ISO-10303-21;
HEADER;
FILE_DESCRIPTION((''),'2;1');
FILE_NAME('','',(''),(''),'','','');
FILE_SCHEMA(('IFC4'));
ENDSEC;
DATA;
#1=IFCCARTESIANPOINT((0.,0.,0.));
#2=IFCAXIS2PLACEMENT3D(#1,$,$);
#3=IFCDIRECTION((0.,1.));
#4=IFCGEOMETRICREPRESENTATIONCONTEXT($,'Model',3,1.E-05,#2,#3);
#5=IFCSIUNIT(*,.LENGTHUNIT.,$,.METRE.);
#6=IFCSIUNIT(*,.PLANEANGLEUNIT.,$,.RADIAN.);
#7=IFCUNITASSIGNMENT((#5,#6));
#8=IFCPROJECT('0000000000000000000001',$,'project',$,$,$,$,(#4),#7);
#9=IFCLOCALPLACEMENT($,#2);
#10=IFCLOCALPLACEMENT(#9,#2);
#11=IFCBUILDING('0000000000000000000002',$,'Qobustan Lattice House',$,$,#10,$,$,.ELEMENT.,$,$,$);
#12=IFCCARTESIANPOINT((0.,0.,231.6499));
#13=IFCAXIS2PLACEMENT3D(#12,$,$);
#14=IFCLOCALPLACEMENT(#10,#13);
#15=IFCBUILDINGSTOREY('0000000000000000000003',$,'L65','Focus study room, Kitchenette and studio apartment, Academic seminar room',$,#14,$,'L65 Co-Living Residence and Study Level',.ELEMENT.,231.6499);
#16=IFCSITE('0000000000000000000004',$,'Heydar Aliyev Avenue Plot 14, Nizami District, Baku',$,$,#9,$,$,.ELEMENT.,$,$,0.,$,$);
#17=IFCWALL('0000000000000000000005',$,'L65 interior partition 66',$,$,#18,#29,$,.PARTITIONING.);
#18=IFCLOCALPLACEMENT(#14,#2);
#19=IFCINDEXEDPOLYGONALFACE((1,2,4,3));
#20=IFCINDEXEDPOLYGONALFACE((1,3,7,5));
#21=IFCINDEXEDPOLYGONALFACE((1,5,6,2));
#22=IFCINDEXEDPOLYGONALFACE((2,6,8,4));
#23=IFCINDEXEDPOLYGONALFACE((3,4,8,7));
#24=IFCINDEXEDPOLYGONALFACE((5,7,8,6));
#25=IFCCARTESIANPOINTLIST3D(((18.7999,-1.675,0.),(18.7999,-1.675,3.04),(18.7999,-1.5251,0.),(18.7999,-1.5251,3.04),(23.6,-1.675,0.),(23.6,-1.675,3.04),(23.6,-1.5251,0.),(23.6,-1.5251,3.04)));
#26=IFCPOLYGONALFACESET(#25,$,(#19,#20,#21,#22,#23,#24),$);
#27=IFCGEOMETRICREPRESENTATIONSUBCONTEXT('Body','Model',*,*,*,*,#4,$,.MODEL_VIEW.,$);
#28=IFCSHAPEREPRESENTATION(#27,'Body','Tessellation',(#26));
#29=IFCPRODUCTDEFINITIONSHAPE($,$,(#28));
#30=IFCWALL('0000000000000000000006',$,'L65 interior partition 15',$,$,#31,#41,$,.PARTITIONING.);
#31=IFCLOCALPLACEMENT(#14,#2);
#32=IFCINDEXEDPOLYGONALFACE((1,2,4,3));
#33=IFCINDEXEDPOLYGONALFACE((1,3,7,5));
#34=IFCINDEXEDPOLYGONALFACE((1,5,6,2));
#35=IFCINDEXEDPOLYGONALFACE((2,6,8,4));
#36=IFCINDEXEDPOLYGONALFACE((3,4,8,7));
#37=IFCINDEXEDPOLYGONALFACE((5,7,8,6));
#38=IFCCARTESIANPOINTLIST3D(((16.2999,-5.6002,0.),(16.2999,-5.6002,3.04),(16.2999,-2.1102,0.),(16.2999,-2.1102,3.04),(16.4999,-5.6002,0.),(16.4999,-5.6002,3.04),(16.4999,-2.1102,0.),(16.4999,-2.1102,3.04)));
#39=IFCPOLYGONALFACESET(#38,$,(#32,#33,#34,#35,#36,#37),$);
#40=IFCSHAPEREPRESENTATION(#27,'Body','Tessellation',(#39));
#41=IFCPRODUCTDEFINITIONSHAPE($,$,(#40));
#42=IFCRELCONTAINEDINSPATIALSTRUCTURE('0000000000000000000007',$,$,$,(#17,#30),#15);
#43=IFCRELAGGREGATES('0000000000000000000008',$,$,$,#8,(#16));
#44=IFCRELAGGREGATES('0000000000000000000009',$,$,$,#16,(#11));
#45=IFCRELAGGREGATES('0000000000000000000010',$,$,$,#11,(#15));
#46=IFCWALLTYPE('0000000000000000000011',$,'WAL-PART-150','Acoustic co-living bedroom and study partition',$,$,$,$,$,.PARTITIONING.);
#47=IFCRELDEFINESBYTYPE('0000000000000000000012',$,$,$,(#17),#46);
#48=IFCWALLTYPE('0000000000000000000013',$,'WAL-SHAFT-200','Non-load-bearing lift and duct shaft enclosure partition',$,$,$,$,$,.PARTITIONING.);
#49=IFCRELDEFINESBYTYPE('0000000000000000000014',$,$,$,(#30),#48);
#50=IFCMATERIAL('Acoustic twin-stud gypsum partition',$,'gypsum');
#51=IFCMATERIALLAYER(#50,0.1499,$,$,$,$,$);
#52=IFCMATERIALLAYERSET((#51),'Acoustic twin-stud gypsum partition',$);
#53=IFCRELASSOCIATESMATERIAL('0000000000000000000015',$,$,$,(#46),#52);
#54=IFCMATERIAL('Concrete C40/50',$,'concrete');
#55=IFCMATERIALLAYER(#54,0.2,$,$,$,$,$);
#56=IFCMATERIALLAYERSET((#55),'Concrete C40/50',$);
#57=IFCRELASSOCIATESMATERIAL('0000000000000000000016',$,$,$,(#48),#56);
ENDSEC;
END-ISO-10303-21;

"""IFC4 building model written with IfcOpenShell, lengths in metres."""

from ifc_helpers import new_model, si_unit, direction, frame, frame_2d, origin, place, context, subcontext, project, spatial, rectangle, extrude, material, layer, layer_set, type_object, element, save


model = new_model("IFC4")

# Units and contexts
model_context = context("Model", 3, precision=1e-05, world=origin(), true_north=direction((0.0, 1.0)))
body_context = subcontext(model_context, "Body", "Model", "MODEL_VIEW")
ifc_project = project(units=[si_unit("LENGTHUNIT", "METRE"), si_unit("PLANEANGLEUNIT", "RADIAN")], contexts=[model_context])

# Site, building, storey
site_placement = place(None, origin())
site = spatial("IfcSite", under=ifc_project, at=site_placement, Name="Heydar Aliyev Avenue Plot 14, Nizami District, Baku", CompositionType="ELEMENT", RefElevation=0.0)
building_placement = place(site_placement, origin())
building = spatial("IfcBuilding", under=site, at=building_placement, Name="Qobustan Lattice House", CompositionType="ELEMENT")
storey_placement = place(building_placement, frame((0.0, 0.0, 231.6499)))
storey = spatial("IfcBuildingStorey", under=building, at=storey_placement, Name="L65", Description="Focus study room, Kitchenette and studio apartment, Academic seminar room", LongName="L65 Co-Living Residence and Study Level", CompositionType="ELEMENT", Elevation=231.6499)

# Shared definitions
ifc_material_1 = material(Name="Acoustic twin-stud gypsum partition", Category="gypsum")
ifc_layer_1 = layer(ifc_material_1, 0.1499)
ifc_layer_set_1 = layer_set([ifc_layer_1], Name="Acoustic twin-stud gypsum partition")
wall_type_1 = type_object("IfcWallType", Name="WAL-PART-150", Description="Acoustic co-living bedroom and study partition", PredefinedType="PARTITIONING", material=ifc_layer_set_1)

# Walls
wall_1_placement = place(storey_placement, frame((18.8, -1.6001, 0.0), z_axis=(0.0, 0.0, 1.0), x_axis=(1.0, 0.0, 0.0)))
element("IfcWall", 1, at=wall_1_placement, inside=storey, type_object=wall_type_1, Name="L65 interior partition 66", PredefinedType="PARTITIONING", context=body_context, shape_type="SweptSolid", body=[
    extrude(rectangle(XDim=4.8, YDim=0.1499, at=frame_2d((2.3999, 0.0))), origin(), (0.0, 0.0, 1.0), 3.04),
])
ifc_material_2 = material(Name="Concrete C40/50", Category="concrete")
ifc_layer_2 = layer(ifc_material_2, 0.2)
ifc_layer_set_2 = layer_set([ifc_layer_2], Name="Concrete C40/50")
wall_type_2 = type_object("IfcWallType", Name="WAL-SHAFT-200", Description="Non-load-bearing lift and duct shaft enclosure partition", PredefinedType="PARTITIONING", material=ifc_layer_set_2)
wall_2_placement = place(storey_placement, frame((16.3999, -2.1101, 0.0), z_axis=(0.0, 0.0, 1.0), x_axis=(0.0, -1.0, 0.0)))
element("IfcWall", 2, at=wall_2_placement, inside=storey, type_object=wall_type_2, Name="L65 interior partition 15", PredefinedType="PARTITIONING", context=body_context, shape_type="SweptSolid", body=[
    extrude(rectangle(XDim=3.49, YDim=0.2, at=frame_2d((1.7451, 0.0))), origin(), (0.0, 0.0, 1.0), 3.04),
])

save(model, "model.ifc")
